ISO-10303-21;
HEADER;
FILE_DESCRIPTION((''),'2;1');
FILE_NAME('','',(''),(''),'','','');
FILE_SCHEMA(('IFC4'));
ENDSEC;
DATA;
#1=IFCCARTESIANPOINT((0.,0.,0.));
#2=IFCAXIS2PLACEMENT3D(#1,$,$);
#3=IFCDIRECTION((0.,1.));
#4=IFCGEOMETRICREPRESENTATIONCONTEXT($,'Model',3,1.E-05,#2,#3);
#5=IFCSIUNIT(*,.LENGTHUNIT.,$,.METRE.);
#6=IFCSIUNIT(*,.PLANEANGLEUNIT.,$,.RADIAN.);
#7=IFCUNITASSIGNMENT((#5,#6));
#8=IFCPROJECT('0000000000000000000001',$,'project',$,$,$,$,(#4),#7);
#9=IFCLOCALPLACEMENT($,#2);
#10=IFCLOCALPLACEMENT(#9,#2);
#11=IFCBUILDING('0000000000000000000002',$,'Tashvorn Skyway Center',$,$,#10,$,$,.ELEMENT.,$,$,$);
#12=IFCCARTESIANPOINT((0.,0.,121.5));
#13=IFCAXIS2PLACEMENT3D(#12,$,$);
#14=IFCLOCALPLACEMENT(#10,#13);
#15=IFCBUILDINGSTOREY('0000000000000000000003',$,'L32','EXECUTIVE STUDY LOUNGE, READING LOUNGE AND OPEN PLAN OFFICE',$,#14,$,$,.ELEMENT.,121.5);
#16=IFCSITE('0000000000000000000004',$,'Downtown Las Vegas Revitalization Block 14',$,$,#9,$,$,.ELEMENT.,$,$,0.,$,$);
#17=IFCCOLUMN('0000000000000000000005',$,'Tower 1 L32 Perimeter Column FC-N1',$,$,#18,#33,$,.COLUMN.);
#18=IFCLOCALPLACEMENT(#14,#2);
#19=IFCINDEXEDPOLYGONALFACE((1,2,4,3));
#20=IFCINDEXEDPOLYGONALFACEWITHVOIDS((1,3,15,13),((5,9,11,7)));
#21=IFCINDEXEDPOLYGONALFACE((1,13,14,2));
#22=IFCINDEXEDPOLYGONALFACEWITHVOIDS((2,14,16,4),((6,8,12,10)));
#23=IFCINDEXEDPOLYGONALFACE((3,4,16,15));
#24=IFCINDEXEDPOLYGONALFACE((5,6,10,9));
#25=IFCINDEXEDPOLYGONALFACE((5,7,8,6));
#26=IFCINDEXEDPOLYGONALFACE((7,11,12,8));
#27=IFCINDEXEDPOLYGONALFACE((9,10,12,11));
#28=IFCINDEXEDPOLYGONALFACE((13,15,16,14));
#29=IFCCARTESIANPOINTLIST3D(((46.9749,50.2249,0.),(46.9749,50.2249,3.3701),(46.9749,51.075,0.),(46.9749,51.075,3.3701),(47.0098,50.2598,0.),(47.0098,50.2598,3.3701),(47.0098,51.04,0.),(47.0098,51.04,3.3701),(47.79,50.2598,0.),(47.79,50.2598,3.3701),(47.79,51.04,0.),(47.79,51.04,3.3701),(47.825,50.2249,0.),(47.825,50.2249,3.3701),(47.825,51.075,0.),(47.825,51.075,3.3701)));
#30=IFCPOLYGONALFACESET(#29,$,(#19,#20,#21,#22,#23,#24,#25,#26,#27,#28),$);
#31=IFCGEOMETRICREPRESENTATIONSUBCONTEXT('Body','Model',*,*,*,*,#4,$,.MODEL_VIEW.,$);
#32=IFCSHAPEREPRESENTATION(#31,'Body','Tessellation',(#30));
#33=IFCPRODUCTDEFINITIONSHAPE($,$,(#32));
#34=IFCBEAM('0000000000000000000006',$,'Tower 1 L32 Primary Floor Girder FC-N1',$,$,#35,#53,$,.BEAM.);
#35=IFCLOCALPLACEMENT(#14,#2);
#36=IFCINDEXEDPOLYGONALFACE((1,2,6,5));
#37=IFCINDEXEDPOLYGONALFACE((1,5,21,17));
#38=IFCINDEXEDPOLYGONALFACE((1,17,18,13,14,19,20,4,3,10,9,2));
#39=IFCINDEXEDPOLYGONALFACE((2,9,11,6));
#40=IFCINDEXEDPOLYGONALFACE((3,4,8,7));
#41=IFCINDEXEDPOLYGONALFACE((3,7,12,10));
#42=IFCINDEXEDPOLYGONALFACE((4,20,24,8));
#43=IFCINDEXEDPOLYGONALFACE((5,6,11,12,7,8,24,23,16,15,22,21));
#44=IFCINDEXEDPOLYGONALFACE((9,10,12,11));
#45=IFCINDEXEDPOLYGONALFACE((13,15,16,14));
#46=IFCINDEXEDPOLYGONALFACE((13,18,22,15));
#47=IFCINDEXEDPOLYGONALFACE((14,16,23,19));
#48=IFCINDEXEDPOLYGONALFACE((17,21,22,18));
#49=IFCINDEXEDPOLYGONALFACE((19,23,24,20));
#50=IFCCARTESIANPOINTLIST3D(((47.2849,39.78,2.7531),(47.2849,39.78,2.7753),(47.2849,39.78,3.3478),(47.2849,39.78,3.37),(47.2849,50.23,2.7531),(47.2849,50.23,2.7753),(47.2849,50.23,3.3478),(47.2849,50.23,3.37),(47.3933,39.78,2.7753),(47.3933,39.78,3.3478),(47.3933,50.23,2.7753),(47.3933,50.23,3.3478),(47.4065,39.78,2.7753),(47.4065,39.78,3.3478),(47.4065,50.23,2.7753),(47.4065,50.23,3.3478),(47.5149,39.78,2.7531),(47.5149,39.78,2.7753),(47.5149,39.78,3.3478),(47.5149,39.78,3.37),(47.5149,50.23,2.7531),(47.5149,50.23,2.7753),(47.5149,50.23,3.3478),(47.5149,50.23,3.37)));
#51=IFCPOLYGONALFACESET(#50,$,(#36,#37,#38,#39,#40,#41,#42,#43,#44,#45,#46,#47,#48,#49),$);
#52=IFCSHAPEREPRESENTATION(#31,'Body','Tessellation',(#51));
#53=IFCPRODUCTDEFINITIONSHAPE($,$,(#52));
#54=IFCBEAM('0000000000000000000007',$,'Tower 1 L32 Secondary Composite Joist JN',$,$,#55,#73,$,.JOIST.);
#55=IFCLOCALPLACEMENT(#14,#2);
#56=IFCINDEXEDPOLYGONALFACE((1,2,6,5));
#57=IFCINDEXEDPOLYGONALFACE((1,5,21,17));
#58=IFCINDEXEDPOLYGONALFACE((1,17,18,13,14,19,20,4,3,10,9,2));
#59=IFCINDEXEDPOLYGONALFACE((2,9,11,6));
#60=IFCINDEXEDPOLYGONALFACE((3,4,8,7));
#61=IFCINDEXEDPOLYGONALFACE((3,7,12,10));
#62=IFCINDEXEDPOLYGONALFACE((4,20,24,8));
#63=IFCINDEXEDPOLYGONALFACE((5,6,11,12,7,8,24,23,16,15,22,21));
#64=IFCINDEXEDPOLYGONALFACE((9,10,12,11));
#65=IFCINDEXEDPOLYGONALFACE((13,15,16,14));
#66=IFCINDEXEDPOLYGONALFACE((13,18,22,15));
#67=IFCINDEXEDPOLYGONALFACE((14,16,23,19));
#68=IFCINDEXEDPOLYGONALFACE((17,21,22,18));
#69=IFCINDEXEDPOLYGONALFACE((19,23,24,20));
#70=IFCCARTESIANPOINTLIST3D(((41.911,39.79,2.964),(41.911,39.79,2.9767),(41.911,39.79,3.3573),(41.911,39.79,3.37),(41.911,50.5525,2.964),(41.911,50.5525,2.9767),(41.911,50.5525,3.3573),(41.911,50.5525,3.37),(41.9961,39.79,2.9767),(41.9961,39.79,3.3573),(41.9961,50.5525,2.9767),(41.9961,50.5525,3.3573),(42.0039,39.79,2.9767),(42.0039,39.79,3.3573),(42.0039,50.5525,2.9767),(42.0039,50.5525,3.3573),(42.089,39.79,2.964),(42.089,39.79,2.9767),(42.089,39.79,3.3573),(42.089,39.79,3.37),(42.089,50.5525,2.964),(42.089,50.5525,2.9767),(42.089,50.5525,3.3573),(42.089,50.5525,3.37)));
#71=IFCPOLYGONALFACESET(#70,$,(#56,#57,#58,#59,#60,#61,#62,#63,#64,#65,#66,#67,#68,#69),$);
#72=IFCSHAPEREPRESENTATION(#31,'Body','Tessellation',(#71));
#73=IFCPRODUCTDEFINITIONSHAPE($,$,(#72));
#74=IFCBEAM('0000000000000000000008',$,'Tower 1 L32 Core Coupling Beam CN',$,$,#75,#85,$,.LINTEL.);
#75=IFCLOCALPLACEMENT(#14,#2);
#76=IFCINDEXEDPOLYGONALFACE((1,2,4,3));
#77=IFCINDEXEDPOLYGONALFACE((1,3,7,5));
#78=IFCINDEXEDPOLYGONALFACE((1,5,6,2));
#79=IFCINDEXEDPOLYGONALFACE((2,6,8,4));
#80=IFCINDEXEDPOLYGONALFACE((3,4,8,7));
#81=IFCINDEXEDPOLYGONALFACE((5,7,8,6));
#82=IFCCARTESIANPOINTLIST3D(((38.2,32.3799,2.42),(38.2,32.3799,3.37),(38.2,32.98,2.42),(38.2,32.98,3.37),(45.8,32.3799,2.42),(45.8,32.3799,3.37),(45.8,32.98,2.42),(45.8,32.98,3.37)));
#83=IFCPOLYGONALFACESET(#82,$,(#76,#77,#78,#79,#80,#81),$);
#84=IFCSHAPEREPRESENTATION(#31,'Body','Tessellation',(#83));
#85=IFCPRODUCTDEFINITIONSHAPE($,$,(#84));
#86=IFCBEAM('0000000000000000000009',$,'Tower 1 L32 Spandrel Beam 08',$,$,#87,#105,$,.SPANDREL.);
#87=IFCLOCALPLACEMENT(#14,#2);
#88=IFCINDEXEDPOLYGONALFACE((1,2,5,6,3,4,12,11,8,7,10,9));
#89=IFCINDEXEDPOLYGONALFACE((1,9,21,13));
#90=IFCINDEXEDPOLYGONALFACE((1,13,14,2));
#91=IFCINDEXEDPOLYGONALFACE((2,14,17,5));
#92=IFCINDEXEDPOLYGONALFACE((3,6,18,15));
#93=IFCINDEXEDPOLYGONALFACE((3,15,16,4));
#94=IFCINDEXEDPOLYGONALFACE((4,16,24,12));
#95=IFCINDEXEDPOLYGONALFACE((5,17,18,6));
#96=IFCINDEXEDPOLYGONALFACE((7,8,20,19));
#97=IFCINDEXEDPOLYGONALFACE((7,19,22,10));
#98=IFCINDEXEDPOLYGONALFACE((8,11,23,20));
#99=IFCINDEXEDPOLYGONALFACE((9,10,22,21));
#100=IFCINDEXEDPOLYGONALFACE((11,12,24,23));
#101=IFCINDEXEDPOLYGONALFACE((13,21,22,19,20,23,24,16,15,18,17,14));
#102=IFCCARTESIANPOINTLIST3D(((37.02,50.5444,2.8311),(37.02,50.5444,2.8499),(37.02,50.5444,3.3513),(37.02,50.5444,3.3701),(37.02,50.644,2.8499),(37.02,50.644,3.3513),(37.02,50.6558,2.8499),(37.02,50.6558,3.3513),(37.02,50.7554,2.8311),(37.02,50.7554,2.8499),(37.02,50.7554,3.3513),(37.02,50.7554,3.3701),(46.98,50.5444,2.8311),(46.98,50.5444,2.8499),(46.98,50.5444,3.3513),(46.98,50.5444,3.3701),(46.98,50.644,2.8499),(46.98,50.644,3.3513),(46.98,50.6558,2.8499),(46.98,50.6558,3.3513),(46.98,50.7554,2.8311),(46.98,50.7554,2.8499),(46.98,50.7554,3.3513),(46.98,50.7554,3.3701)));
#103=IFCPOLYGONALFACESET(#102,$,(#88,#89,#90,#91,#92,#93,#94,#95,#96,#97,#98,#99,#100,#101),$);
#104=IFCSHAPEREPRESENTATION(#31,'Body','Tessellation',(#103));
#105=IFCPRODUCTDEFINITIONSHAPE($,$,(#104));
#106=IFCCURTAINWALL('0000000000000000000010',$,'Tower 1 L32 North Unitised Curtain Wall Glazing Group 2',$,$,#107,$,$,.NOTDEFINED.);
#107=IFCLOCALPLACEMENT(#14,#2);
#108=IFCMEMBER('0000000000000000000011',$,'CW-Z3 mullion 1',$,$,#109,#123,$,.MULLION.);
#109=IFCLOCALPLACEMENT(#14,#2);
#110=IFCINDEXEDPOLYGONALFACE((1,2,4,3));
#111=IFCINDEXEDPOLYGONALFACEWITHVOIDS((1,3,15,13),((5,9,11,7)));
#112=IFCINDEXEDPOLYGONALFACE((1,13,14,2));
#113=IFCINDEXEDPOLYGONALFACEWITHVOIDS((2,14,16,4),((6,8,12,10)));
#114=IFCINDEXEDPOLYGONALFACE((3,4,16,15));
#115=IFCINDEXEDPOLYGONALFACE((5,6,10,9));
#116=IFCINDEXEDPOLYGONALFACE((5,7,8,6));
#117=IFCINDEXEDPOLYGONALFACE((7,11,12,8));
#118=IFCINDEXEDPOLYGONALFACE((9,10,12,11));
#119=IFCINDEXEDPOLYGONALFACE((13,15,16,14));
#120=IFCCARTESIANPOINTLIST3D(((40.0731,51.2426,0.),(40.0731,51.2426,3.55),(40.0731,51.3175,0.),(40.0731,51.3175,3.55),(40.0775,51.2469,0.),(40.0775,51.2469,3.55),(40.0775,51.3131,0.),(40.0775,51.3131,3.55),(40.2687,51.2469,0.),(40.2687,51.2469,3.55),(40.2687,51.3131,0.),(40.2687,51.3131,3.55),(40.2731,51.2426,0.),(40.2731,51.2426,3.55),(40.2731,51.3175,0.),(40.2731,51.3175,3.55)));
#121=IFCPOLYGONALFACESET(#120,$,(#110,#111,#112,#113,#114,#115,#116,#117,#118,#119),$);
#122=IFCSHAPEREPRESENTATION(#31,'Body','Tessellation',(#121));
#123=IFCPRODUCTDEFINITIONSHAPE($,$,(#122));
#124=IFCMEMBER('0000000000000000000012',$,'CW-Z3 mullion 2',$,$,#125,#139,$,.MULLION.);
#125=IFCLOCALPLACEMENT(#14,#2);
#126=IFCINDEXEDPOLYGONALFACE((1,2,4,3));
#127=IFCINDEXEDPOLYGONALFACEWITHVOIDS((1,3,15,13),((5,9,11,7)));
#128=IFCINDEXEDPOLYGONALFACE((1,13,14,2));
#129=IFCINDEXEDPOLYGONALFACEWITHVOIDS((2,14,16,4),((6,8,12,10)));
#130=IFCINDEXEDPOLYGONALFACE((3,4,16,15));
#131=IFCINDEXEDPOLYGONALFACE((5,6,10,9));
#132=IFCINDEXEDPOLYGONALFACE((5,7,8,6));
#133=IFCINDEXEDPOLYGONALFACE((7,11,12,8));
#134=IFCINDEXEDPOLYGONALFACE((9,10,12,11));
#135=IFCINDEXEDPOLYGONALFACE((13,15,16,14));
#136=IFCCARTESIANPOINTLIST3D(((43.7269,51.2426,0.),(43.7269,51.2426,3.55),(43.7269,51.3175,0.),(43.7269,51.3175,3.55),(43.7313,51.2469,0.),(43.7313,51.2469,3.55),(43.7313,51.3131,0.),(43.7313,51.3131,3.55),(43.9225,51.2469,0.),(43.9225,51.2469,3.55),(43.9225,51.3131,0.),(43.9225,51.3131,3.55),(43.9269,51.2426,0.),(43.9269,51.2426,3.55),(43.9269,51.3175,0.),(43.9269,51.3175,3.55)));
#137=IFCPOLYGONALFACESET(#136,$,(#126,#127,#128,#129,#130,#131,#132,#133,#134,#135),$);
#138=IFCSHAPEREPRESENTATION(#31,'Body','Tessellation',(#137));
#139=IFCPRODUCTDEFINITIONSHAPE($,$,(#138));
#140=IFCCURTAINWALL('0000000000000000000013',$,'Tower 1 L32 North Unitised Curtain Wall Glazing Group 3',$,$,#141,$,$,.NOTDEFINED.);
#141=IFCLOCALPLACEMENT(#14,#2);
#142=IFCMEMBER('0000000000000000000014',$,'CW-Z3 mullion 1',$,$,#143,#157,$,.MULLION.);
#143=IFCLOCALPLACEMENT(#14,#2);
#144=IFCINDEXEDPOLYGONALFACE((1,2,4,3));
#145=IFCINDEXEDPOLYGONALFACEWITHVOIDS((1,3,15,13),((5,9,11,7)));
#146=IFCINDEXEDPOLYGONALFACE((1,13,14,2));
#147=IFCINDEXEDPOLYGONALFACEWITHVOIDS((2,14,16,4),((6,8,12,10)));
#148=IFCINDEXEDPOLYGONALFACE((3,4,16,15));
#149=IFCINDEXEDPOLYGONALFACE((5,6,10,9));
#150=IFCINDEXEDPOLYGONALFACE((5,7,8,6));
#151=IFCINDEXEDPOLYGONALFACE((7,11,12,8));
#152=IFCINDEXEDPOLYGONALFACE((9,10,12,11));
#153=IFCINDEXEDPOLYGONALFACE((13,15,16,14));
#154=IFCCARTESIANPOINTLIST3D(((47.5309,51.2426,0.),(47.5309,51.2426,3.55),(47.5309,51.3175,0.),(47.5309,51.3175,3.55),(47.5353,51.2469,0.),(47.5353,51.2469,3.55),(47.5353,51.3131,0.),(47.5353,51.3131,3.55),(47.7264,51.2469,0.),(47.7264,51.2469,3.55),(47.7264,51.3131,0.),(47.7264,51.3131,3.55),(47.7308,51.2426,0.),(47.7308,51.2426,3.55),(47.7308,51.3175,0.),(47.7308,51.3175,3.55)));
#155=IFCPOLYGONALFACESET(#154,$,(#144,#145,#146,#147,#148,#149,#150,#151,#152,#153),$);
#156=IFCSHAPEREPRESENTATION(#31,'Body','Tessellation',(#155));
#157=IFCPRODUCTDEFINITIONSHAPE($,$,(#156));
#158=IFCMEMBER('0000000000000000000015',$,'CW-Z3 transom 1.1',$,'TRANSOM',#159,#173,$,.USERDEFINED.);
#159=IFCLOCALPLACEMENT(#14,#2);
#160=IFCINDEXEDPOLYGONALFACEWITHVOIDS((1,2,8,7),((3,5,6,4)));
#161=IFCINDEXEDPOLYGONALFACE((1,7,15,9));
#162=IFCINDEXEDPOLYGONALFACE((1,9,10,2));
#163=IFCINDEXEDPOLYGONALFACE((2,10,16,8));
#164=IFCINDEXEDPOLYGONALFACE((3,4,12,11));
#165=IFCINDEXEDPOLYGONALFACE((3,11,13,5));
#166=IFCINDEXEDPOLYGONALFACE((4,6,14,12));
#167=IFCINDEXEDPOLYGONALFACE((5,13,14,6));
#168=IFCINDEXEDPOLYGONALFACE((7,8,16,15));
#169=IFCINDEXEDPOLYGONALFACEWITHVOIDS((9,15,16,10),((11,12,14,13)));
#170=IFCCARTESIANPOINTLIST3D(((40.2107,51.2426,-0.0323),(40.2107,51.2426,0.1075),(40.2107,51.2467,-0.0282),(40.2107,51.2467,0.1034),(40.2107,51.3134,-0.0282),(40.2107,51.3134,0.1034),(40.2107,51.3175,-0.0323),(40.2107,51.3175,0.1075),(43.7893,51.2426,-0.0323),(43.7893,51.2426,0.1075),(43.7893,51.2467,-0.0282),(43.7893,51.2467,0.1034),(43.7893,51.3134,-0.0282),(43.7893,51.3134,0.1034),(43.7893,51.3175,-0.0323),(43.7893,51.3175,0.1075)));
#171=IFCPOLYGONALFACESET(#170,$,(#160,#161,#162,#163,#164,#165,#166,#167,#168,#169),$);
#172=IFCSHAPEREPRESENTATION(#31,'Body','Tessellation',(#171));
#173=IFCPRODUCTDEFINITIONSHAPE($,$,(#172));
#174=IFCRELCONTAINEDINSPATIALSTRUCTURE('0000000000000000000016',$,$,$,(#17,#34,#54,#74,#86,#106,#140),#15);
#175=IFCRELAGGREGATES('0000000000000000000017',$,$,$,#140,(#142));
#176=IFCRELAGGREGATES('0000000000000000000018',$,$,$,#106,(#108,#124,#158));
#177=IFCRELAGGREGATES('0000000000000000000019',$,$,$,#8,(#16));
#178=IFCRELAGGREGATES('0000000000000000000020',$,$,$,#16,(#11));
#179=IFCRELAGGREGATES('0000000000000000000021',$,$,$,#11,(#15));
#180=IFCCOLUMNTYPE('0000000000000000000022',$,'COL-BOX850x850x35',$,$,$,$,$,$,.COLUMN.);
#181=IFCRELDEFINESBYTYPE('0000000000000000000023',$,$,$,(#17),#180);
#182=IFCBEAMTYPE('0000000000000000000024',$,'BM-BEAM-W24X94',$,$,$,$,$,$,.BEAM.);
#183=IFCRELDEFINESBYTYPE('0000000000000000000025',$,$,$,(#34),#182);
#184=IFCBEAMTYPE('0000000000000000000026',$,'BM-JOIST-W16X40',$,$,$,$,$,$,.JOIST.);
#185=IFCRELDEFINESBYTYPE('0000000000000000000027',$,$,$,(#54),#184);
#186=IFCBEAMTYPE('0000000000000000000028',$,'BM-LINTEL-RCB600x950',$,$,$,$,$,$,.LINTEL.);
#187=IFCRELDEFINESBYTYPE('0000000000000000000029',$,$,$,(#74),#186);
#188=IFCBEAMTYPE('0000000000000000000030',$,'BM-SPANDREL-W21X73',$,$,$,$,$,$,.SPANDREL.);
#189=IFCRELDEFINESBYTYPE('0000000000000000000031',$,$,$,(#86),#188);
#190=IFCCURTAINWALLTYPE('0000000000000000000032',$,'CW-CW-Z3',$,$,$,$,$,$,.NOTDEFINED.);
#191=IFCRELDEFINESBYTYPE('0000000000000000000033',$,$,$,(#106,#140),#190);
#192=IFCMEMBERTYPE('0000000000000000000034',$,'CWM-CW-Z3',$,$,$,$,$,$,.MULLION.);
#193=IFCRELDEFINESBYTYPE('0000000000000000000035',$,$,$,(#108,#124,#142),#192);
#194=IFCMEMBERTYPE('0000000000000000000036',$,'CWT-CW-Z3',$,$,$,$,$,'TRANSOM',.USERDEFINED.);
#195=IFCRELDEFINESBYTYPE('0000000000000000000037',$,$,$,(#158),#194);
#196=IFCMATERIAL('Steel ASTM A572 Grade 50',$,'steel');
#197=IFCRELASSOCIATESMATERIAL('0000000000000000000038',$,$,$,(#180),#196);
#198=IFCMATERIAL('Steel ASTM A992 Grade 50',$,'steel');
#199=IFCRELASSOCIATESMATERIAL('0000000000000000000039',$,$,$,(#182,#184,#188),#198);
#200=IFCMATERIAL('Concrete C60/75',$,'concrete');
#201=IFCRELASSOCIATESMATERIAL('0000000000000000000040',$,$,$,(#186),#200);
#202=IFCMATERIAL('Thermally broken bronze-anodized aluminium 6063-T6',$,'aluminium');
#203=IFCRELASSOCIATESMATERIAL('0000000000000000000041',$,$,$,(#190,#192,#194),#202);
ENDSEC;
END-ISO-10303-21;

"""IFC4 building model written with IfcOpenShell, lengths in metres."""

from ifc_helpers import new_model, si_unit, direction, frame, origin, origin_2d, place, context, subcontext, project, spatial, rectangle, hollow_rectangle, i_section, extrude, material, material_profile, profile_set, type_object, element, aggregate, save


model = new_model("IFC4")

# Units and contexts
model_context = context("Model", 3, precision=1e-05, world=origin(), true_north=direction((0.0, 1.0)))
body_context = subcontext(model_context, "Body", "Model", "MODEL_VIEW")
ifc_project = project(units=[si_unit("LENGTHUNIT", "METRE"), si_unit("PLANEANGLEUNIT", "RADIAN")], contexts=[model_context])

# Site, building, storey
site_placement = place(None, origin())
site = spatial("IfcSite", under=ifc_project, at=site_placement, Name="Downtown Las Vegas Revitalization Block 14", CompositionType="ELEMENT", RefElevation=0.0)
building_placement = place(site_placement, origin())
building = spatial("IfcBuilding", under=site, at=building_placement, Name="Tashvorn Skyway Center", CompositionType="ELEMENT")
storey_placement = place(building_placement, frame((0.0, 0.0, 121.5)))
storey = spatial("IfcBuildingStorey", under=building, at=storey_placement, Name="L32", Description="EXECUTIVE STUDY LOUNGE, READING LOUNGE AND OPEN PLAN OFFICE", CompositionType="ELEMENT", Elevation=121.5)

# Column
ifc_material_1 = material(Name="Steel ASTM A572 Grade 50", Category="steel")
ifc_material_profile_1 = material_profile(ifc_material_1, hollow_rectangle(XDim=0.8501, YDim=0.8501, WallThickness=0.0349, at=origin_2d()), Name="BOX850x850x35")
ifc_profile_set_1 = profile_set([ifc_material_profile_1], Name="Steel ASTM A572 Grade 50")
column_type = type_object("IfcColumnType", Name="COL-BOX850x850x35", PredefinedType="COLUMN", material=ifc_profile_set_1)
column_placement = place(storey_placement, frame((47.3999, 50.6499, 0.0), z_axis=(0.0, 0.0, 1.0), x_axis=(1.0, 0.0, 0.0)))
element("IfcColumn", 1, at=column_placement, inside=storey, type_object=column_type, Name="Tower 1 L32 Perimeter Column FC-N1", PredefinedType="COLUMN", context=body_context, shape_type="SweptSolid", body=[
    extrude(hollow_rectangle(XDim=0.8501, YDim=0.8501, WallThickness=0.0349, at=origin_2d()), origin(), (0.0, 0.0, 1.0), 3.3701),
])

# Beams
ifc_material_2 = material(Name="Steel ASTM A992 Grade 50", Category="steel")
ifc_material_profile_2 = material_profile(ifc_material_2, i_section(OverallWidth=0.23, OverallDepth=0.6169, WebThickness=0.0132, FlangeThickness=0.0222, at=origin_2d()), Name="W24X94")
ifc_profile_set_2 = profile_set([ifc_material_profile_2], Name="Steel ASTM A992 Grade 50")
beam_type_1 = type_object("IfcBeamType", Name="BM-BEAM-W24X94", PredefinedType="BEAM", material=ifc_profile_set_2)
beam_1_placement = place(storey_placement, frame((47.3999, 50.23, 3.0615), z_axis=(0.0, -1.0, 0.0), x_axis=(1.0, 0.0, 0.0)))
element("IfcBeam", 2, at=beam_1_placement, inside=storey, type_object=beam_type_1, Name="Tower 1 L32 Primary Floor Girder FC-N1", PredefinedType="BEAM", context=body_context, shape_type="SweptSolid", body=[
    extrude(i_section(OverallWidth=0.23, OverallDepth=0.6169, WebThickness=0.0132, FlangeThickness=0.0222, at=origin_2d()), origin(), (0.0, 0.0, 1.0), 10.45),
])
ifc_material_profile_3 = material_profile(ifc_material_2, i_section(OverallWidth=0.178, OverallDepth=0.406, WebThickness=0.0078, FlangeThickness=0.0127, at=origin_2d()), Name="W16X40")
ifc_profile_set_3 = profile_set([ifc_material_profile_3], Name="Steel ASTM A992 Grade 50")
beam_type_2 = type_object("IfcBeamType", Name="BM-JOIST-W16X40", PredefinedType="JOIST", material=ifc_profile_set_3)
beam_2_placement = place(storey_placement, frame((42.0, 39.79, 3.167), z_axis=(0.0, 1.0, 0.0), x_axis=(-1.0, 0.0, 0.0)))
element("IfcBeam", 3, at=beam_2_placement, inside=storey, type_object=beam_type_2, Name="Tower 1 L32 Secondary Composite Joist JN", PredefinedType="JOIST", context=body_context, shape_type="SweptSolid", body=[
    extrude(i_section(OverallWidth=0.178, OverallDepth=0.406, WebThickness=0.0078, FlangeThickness=0.0127, at=origin_2d()), origin(), (0.0, 0.0, 1.0), 10.7625),
])
ifc_material_3 = material(Name="Concrete C60/75", Category="concrete")
ifc_material_profile_4 = material_profile(ifc_material_3, rectangle(XDim=0.6001, YDim=0.95, at=origin_2d()), Name="RCB600x950")
ifc_profile_set_4 = profile_set([ifc_material_profile_4], Name="Concrete C60/75")
beam_type_3 = type_object("IfcBeamType", Name="BM-LINTEL-RCB600x950", PredefinedType="LINTEL", material=ifc_profile_set_4)
beam_3_placement = place(storey_placement, frame((38.2, 32.6799, 2.895), z_axis=(1.0, 0.0, 0.0), x_axis=(0.0, 1.0, 0.0)))
element("IfcBeam", 4, at=beam_3_placement, inside=storey, type_object=beam_type_3, Name="Tower 1 L32 Core Coupling Beam CN", PredefinedType="LINTEL", context=body_context, shape_type="SweptSolid", body=[
    extrude(rectangle(XDim=0.6001, YDim=0.95, at=origin_2d()), origin(), (0.0, 0.0, 1.0), 7.6001),
])
ifc_material_profile_5 = material_profile(ifc_material_2, i_section(OverallWidth=0.2109, OverallDepth=0.5391, WebThickness=0.0117, FlangeThickness=0.0188, at=origin_2d()), Name="W21X73")
ifc_profile_set_5 = profile_set([ifc_material_profile_5], Name="Steel ASTM A992 Grade 50")
beam_type_4 = type_object("IfcBeamType", Name="BM-SPANDREL-W21X73", PredefinedType="SPANDREL", material=ifc_profile_set_5)
beam_4_placement = place(storey_placement, frame((46.98, 50.6499, 3.1006), z_axis=(-1.0, 0.0, 0.0), x_axis=(0.0, -1.0, 0.0)))
element("IfcBeam", 5, at=beam_4_placement, inside=storey, type_object=beam_type_4, Name="Tower 1 L32 Spandrel Beam 08", PredefinedType="SPANDREL", context=body_context, shape_type="SweptSolid", body=[
    extrude(i_section(OverallWidth=0.2109, OverallDepth=0.5391, WebThickness=0.0117, FlangeThickness=0.0188, at=origin_2d()), origin(), (0.0, 0.0, 1.0), 9.96),
])

# Curtain wall, members
ifc_material_4 = material(Name="Thermally broken bronze-anodized aluminium 6063-T6", Category="aluminium")
curtain_wall_type = type_object("IfcCurtainWallType", Name="CW-CW-Z3", PredefinedType="NOTDEFINED", material=ifc_material_4)
curtain_wall_1_placement = place(storey_placement, origin())
curtain_wall_1 = element("IfcCurtainWall", 6, at=curtain_wall_1_placement, inside=storey, type_object=curtain_wall_type, Name="Tower 1 L32 North Unitised Curtain Wall Glazing Group 2", PredefinedType="NOTDEFINED")
ifc_material_profile_6 = material_profile(ifc_material_4, hollow_rectangle(XDim=0.075, YDim=0.2, WallThickness=0.0044, at=origin_2d()), Name="ALU-MULL-75x200")
ifc_profile_set_6 = profile_set([ifc_material_profile_6], Name="Thermally broken bronze-anodized aluminium 6063-T6")
member_type_1 = type_object("IfcMemberType", Name="CWM-CW-Z3", PredefinedType="MULLION", material=ifc_profile_set_6)
member_1_placement = place(storey_placement, frame((40.1731, 51.28, 0.0), z_axis=(0.0, 0.0, 1.0), x_axis=(0.0, 1.0, 0.0)))
member_1 = element("IfcMember", 7, at=member_1_placement, type_object=member_type_1, Name="CW-Z3 mullion 1", PredefinedType="MULLION", context=body_context, shape_type="SweptSolid", body=[
    extrude(hollow_rectangle(XDim=0.075, YDim=0.2, WallThickness=0.0044, at=origin_2d()), origin(), (0.0, 0.0, 1.0), 3.55),
])
member_2_placement = place(storey_placement, frame((43.8269, 51.28, 0.0), z_axis=(0.0, 0.0, 1.0), x_axis=(0.0, 1.0, 0.0)))
member_2 = element("IfcMember", 8, at=member_2_placement, type_object=member_type_1, Name="CW-Z3 mullion 2", PredefinedType="MULLION", context=body_context, shape_type="SweptSolid", body=[
    extrude(hollow_rectangle(XDim=0.075, YDim=0.2, WallThickness=0.0044, at=origin_2d()), origin(), (0.0, 0.0, 1.0), 3.55),
])

# Curtain wall, member
curtain_wall_2_placement = place(storey_placement, origin())
curtain_wall_2 = element("IfcCurtainWall", 9, at=curtain_wall_2_placement, inside=storey, type_object=curtain_wall_type, Name="Tower 1 L32 North Unitised Curtain Wall Glazing Group 3", PredefinedType="NOTDEFINED")
member_3_placement = place(storey_placement, frame((47.6309, 51.28, 0.0), z_axis=(0.0, 0.0, 1.0), x_axis=(0.0, 1.0, 0.0)))
member_3 = element("IfcMember", 10, at=member_3_placement, type_object=member_type_1, Name="CW-Z3 mullion 1", PredefinedType="MULLION", context=body_context, shape_type="SweptSolid", body=[
    extrude(hollow_rectangle(XDim=0.075, YDim=0.2, WallThickness=0.0044, at=origin_2d()), origin(), (0.0, 0.0, 1.0), 3.55),
])
aggregate(curtain_wall_2, [member_3])

# Member
ifc_material_profile_7 = material_profile(ifc_material_4, hollow_rectangle(XDim=0.075, YDim=0.1399, WallThickness=0.0042, at=origin_2d()), Name="ALU-TRAN-75x140")
ifc_profile_set_7 = profile_set([ifc_material_profile_7], Name="Thermally broken bronze-anodized aluminium 6063-T6")
member_type_2 = type_object("IfcMemberType", Name="CWT-CW-Z3", ElementType="TRANSOM", PredefinedType="USERDEFINED", material=ifc_profile_set_7)
member_4_placement = place(storey_placement, frame((40.2107, 51.28, 0.0376), z_axis=(1.0, 0.0, 0.0), x_axis=(0.0, 1.0, 0.0)))
member_4 = element("IfcMember", 11, at=member_4_placement, type_object=member_type_2, Name="CW-Z3 transom 1.1", ObjectType="TRANSOM", PredefinedType="USERDEFINED", context=body_context, shape_type="SweptSolid", body=[
    extrude(hollow_rectangle(XDim=0.075, YDim=0.1399, WallThickness=0.0042, at=origin_2d()), origin(), (0.0, 0.0, 1.0), 3.5786),
])

aggregate(curtain_wall_1, [member_1, member_2, member_4])

save(model, "model.ifc")
